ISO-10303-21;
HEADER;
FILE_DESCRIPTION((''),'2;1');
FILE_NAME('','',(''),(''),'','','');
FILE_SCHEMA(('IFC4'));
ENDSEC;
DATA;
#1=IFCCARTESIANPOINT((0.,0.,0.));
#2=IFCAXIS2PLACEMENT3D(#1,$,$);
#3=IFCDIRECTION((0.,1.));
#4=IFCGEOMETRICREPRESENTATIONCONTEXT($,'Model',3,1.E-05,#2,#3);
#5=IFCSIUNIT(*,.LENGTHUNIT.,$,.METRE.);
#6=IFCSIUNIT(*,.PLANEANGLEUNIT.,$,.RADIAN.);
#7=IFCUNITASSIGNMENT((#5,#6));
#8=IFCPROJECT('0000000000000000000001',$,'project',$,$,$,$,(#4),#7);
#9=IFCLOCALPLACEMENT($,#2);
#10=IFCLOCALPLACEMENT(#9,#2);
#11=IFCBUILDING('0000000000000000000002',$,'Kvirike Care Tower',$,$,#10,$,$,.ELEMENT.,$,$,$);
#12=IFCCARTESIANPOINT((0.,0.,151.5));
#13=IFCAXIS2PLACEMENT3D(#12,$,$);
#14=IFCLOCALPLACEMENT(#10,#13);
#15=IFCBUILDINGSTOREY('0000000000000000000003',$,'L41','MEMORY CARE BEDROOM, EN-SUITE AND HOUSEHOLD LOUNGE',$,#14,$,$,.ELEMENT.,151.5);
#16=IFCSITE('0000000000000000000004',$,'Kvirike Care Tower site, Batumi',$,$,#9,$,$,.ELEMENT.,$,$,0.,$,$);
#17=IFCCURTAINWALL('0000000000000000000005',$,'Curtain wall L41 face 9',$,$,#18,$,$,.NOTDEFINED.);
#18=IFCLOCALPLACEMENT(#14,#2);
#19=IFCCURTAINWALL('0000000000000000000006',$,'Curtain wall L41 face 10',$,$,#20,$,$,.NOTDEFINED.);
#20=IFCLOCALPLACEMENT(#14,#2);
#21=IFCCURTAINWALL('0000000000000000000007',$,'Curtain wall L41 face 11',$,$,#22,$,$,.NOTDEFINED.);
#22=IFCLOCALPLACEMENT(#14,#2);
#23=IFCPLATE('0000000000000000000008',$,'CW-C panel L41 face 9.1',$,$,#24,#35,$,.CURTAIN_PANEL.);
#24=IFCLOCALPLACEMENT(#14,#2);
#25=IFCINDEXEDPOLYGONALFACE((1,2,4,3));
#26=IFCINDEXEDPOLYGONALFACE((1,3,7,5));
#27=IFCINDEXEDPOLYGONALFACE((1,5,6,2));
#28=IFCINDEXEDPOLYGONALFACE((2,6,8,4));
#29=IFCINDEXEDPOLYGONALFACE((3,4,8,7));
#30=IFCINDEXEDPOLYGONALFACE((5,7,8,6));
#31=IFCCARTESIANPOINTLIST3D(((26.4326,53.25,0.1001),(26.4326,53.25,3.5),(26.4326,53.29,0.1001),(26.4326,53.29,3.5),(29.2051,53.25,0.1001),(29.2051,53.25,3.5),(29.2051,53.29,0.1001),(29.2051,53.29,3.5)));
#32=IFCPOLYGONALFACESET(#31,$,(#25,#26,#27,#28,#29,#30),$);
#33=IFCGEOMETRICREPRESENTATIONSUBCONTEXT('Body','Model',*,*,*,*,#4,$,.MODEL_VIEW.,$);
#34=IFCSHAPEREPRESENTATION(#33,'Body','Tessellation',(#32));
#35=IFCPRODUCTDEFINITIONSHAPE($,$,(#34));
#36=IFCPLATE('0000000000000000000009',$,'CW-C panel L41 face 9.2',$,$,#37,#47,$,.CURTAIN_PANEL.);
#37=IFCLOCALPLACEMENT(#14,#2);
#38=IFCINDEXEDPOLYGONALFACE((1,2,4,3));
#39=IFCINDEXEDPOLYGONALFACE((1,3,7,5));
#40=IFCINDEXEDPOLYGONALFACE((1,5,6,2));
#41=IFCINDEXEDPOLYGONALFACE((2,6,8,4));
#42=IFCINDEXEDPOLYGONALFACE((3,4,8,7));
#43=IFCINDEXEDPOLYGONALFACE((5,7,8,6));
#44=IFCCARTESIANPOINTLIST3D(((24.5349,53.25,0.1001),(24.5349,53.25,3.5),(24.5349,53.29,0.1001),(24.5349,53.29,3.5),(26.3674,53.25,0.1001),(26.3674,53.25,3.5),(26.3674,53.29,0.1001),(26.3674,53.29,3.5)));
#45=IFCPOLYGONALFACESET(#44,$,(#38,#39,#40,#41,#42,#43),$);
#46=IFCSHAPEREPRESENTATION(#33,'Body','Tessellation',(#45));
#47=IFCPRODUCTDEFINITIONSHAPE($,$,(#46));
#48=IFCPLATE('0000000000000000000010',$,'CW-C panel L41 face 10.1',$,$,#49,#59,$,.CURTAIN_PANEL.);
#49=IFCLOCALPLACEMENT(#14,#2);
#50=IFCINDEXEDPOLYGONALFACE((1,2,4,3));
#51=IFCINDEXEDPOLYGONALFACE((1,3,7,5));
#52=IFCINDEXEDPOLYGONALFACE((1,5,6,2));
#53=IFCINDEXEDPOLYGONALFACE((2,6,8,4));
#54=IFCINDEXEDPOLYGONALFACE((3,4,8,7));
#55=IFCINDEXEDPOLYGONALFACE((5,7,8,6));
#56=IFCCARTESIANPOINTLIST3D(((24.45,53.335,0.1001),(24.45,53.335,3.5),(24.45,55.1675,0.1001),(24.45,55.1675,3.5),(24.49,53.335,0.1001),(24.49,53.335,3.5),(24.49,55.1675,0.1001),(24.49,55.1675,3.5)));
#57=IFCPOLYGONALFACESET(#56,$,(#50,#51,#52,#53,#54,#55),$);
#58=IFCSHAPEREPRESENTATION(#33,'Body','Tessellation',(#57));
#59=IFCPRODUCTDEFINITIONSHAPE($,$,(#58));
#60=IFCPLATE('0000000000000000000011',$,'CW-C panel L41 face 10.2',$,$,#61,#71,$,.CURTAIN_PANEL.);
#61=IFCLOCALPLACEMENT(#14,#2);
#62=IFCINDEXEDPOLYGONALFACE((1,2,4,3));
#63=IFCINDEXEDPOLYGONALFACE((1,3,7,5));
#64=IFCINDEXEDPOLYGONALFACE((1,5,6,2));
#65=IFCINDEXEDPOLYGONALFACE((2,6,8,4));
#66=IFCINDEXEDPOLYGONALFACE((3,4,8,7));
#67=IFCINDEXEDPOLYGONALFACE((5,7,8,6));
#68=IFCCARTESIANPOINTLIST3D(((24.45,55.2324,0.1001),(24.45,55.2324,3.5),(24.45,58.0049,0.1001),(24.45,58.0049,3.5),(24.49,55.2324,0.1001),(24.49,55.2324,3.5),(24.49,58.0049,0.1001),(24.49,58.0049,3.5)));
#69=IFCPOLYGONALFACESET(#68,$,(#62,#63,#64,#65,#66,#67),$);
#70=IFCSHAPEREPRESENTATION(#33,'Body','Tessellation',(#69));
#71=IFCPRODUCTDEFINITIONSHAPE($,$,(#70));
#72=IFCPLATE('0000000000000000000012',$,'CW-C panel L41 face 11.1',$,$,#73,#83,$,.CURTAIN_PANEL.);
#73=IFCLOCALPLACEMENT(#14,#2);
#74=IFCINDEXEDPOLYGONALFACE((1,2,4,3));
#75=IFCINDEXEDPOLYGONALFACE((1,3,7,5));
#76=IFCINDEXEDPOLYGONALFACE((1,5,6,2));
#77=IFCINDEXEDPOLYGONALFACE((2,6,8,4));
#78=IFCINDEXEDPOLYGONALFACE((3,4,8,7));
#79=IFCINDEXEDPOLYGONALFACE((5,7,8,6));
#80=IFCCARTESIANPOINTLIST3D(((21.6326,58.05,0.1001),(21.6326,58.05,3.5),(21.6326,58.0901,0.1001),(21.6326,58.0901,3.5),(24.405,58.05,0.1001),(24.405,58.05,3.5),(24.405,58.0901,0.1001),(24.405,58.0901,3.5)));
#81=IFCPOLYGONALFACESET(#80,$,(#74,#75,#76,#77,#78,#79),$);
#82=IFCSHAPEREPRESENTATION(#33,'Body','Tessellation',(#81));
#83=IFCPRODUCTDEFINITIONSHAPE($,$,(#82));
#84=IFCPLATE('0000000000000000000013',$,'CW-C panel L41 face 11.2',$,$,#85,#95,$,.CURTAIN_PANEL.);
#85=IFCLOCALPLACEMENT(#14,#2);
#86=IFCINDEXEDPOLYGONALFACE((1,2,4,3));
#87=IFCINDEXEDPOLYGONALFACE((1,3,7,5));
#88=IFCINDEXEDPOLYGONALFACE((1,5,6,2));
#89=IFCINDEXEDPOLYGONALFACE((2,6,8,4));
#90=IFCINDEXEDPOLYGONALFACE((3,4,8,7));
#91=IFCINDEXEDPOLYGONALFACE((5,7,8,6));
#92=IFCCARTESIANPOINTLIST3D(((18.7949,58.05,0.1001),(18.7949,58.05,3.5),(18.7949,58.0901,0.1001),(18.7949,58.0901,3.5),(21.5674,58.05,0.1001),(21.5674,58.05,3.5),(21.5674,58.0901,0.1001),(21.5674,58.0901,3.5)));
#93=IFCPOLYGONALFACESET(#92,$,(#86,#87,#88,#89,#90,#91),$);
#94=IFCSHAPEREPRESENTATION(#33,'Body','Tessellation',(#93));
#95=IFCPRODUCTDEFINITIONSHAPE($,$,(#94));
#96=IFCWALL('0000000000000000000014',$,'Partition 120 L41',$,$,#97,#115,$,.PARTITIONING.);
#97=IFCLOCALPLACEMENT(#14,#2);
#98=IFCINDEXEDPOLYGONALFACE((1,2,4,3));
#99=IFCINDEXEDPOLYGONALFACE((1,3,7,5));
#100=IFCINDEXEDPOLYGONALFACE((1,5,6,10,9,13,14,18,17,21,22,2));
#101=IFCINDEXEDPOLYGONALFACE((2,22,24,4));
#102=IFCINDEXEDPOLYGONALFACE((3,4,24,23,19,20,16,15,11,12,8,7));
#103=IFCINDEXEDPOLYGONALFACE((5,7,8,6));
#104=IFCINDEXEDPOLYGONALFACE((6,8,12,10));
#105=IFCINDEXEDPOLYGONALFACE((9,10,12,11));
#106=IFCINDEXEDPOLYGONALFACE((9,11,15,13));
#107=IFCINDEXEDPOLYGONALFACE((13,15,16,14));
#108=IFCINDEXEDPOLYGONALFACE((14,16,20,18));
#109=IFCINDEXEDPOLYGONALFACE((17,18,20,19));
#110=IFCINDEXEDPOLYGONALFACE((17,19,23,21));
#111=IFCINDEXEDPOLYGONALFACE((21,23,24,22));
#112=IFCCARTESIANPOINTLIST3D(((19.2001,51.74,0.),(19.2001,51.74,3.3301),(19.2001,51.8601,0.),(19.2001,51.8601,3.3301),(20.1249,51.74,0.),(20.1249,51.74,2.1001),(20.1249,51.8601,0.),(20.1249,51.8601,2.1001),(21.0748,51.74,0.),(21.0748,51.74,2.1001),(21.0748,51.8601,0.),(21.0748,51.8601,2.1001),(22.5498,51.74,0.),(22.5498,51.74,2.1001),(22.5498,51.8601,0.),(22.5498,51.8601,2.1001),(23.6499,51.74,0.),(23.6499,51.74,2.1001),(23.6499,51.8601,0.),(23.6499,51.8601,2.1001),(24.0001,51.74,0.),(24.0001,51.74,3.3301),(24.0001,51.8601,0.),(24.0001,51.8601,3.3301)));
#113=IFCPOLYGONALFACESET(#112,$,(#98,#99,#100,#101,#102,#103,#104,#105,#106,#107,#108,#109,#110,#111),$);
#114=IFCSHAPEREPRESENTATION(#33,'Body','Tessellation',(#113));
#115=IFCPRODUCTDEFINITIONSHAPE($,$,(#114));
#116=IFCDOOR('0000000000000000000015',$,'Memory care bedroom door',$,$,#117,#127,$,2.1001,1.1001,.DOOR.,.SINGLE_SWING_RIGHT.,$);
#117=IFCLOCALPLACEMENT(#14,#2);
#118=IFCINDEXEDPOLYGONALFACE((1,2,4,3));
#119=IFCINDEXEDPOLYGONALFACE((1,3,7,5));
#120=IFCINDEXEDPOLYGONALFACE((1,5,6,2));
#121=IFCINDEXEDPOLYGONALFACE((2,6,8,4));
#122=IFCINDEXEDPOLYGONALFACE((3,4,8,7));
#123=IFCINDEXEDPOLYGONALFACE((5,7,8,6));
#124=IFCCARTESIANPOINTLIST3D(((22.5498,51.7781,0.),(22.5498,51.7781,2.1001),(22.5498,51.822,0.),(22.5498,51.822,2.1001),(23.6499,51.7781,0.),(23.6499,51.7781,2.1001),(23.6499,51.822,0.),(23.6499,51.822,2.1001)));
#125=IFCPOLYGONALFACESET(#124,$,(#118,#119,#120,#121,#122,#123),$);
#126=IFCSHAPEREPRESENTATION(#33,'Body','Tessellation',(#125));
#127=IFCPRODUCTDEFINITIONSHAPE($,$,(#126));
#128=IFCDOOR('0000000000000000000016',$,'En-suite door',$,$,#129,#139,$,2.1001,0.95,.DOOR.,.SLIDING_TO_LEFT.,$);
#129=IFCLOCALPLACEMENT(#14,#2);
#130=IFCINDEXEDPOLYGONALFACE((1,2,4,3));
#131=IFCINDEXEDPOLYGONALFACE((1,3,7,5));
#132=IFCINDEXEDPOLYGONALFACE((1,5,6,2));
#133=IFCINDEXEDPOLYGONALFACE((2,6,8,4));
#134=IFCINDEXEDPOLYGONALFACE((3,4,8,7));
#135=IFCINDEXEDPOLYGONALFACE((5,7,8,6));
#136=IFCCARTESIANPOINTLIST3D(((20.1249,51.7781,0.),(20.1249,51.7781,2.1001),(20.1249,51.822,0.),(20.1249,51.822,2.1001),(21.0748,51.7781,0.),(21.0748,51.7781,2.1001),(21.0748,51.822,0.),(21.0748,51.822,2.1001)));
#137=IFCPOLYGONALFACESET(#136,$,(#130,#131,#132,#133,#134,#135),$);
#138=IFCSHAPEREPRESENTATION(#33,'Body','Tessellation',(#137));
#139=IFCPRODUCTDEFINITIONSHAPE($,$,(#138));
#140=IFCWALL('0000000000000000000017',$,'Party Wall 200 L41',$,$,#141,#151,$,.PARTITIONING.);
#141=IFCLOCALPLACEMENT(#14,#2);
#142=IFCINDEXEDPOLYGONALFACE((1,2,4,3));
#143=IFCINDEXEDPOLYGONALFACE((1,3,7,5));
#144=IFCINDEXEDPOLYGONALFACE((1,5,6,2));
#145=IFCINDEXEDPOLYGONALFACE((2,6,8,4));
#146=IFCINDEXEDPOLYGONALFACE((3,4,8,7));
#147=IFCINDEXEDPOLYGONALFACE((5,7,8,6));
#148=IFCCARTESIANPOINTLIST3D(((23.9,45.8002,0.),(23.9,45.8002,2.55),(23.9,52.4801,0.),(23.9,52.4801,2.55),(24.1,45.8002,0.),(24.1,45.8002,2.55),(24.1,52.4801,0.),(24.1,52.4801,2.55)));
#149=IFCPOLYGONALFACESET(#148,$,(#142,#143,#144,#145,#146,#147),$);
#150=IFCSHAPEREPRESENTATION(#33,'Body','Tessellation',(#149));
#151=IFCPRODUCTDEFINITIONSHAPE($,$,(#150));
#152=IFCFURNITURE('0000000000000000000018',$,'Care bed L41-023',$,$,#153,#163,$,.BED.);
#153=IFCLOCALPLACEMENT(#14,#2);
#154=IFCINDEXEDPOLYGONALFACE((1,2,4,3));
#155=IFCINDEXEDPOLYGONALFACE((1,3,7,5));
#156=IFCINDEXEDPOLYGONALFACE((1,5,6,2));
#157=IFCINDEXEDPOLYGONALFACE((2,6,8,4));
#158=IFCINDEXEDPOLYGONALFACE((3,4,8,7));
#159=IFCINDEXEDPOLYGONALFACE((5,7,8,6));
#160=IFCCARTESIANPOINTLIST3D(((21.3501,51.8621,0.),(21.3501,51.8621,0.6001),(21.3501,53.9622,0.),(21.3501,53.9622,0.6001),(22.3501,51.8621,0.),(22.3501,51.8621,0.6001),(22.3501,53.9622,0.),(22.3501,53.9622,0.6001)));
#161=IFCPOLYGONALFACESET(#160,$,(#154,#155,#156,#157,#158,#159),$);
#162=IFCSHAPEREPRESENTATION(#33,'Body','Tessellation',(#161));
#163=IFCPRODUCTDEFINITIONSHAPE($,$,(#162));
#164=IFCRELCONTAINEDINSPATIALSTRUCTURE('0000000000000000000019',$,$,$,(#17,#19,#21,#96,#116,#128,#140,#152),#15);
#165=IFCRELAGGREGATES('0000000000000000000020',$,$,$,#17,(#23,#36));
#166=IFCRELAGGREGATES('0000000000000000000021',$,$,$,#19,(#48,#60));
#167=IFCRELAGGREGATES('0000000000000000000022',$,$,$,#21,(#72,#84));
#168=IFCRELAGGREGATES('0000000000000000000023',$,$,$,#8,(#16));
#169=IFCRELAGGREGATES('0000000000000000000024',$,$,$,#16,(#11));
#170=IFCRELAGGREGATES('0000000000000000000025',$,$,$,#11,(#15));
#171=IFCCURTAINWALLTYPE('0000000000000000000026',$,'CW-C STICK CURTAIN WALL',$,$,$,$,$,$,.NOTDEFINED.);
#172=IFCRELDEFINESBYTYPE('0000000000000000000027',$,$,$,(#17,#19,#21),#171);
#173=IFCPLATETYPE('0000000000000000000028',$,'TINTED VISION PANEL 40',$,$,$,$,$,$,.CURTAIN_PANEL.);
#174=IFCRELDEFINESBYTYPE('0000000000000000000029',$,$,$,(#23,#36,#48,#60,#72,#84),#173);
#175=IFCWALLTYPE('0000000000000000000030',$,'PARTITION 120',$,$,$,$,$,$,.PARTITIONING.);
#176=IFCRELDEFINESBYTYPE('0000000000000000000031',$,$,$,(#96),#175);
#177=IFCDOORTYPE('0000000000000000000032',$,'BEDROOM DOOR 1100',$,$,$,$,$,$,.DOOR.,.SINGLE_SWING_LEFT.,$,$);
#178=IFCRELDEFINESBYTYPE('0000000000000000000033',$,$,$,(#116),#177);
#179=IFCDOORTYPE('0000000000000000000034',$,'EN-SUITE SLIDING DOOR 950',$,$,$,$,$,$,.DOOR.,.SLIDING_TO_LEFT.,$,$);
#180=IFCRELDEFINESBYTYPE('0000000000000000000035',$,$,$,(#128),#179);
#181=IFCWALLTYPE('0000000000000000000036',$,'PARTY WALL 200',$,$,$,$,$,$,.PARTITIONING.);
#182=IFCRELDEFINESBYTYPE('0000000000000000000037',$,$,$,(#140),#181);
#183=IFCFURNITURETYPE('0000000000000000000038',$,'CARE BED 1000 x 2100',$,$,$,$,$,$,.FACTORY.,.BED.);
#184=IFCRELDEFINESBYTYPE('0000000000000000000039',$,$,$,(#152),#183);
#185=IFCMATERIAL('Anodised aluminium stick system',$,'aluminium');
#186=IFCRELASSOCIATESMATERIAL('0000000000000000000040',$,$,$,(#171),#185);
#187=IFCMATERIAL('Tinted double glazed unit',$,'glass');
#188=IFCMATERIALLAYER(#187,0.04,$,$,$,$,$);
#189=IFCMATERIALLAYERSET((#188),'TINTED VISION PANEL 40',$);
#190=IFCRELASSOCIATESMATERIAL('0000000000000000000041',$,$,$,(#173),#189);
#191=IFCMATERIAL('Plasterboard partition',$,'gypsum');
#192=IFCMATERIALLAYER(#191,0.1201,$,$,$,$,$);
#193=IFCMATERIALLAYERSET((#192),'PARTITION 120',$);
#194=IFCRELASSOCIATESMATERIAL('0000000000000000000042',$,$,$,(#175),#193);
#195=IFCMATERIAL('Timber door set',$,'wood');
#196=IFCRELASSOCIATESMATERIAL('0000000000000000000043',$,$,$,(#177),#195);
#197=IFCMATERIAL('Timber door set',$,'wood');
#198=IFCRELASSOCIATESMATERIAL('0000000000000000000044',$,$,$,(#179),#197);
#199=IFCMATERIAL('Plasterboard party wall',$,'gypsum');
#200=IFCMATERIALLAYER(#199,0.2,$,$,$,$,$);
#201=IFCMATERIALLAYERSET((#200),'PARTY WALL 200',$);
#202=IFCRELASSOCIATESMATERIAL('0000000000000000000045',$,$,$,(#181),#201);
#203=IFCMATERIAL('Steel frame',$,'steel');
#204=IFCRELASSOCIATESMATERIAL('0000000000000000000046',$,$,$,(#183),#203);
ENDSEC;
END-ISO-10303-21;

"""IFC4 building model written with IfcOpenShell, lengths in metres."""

from ifc_helpers import new_model, si_unit, direction, frame, frame_2d, origin, origin_2d, place, context, subcontext, project, spatial, rectangle, extrude, material, layer, layer_set, type_object, element, fill, aggregate, save


model = new_model("IFC4")

# Units and contexts
model_context = context("Model", 3, precision=1e-05, world=origin(), true_north=direction((0.0, 1.0)))
body_context = subcontext(model_context, "Body", "Model", "MODEL_VIEW")
ifc_project = project(units=[si_unit("LENGTHUNIT", "METRE"), si_unit("PLANEANGLEUNIT", "RADIAN")], contexts=[model_context])

# Site, building, storey
site_placement = place(None, origin())
site = spatial("IfcSite", under=ifc_project, at=site_placement, Name="Kvirike Care Tower site, Batumi", CompositionType="ELEMENT", RefElevation=0.0)
building_placement = place(site_placement, origin())
building = spatial("IfcBuilding", under=site, at=building_placement, Name="Kvirike Care Tower", CompositionType="ELEMENT")
storey_placement = place(building_placement, frame((0.0, 0.0, 151.5)))
storey = spatial("IfcBuildingStorey", under=building, at=storey_placement, Name="L41", Description="MEMORY CARE BEDROOM, EN-SUITE AND HOUSEHOLD LOUNGE", CompositionType="ELEMENT", Elevation=151.5)

# Curtain walls
ifc_material_1 = material(Name="Anodised aluminium stick system", Category="aluminium")
curtain_wall_type = type_object("IfcCurtainWallType", Name="CW-C STICK CURTAIN WALL", PredefinedType="NOTDEFINED", material=ifc_material_1)
curtain_wall_1_placement = place(storey_placement, origin())
curtain_wall_1 = element("IfcCurtainWall", 1, at=curtain_wall_1_placement, inside=storey, type_object=curtain_wall_type, Name="Curtain wall L41 face 9", PredefinedType="NOTDEFINED")
curtain_wall_2_placement = place(storey_placement, origin())
curtain_wall_2 = element("IfcCurtainWall", 2, at=curtain_wall_2_placement, inside=storey, type_object=curtain_wall_type, Name="Curtain wall L41 face 10", PredefinedType="NOTDEFINED")
curtain_wall_3_placement = place(storey_placement, origin())
curtain_wall_3 = element("IfcCurtainWall", 3, at=curtain_wall_3_placement, inside=storey, type_object=curtain_wall_type, Name="Curtain wall L41 face 11", PredefinedType="NOTDEFINED")

# Plates
ifc_material_2 = material(Name="Tinted double glazed unit", Category="glass")
ifc_layer_1 = layer(ifc_material_2, 0.04)
ifc_layer_set_1 = layer_set([ifc_layer_1], Name="TINTED VISION PANEL 40")
plate_type = type_object("IfcPlateType", Name="TINTED VISION PANEL 40", PredefinedType="CURTAIN_PANEL", material=ifc_layer_set_1)
plate_1_placement = place(storey_placement, frame((27.8188, 53.27, 0.1001), z_axis=(0.0, 0.0, 1.0), x_axis=(-1.0, 0.0, 0.0)))
plate_1 = element("IfcPlate", 4, at=plate_1_placement, type_object=plate_type, Name="CW-C panel L41 face 9.1", PredefinedType="CURTAIN_PANEL", context=body_context, shape_type="SweptSolid", body=[
    extrude(rectangle(XDim=2.7725, YDim=0.04, at=origin_2d()), origin(), (0.0, 0.0, 1.0), 3.3999),
])
plate_2_placement = place(storey_placement, frame((25.4512, 53.27, 0.1001), z_axis=(0.0, 0.0, 1.0), x_axis=(-1.0, 0.0, 0.0)))
plate_2 = element("IfcPlate", 5, at=plate_2_placement, type_object=plate_type, Name="CW-C panel L41 face 9.2", PredefinedType="CURTAIN_PANEL", context=body_context, shape_type="SweptSolid", body=[
    extrude(rectangle(XDim=1.8325, YDim=0.04, at=origin_2d()), origin(), (0.0, 0.0, 1.0), 3.3999),
])
aggregate(curtain_wall_1, [plate_1, plate_2])
plate_3_placement = place(storey_placement, frame((24.47, 54.2512, 0.1001), z_axis=(0.0, 0.0, 1.0), x_axis=(0.0, 1.0, 0.0)))
plate_3 = element("IfcPlate", 6, at=plate_3_placement, type_object=plate_type, Name="CW-C panel L41 face 10.1", PredefinedType="CURTAIN_PANEL", context=body_context, shape_type="SweptSolid", body=[
    extrude(rectangle(XDim=1.8325, YDim=0.04, at=origin_2d()), origin(), (0.0, 0.0, 1.0), 3.3999),
])
plate_4_placement = place(storey_placement, frame((24.47, 56.6187, 0.1001), z_axis=(0.0, 0.0, 1.0), x_axis=(0.0, 1.0, 0.0)))
plate_4 = element("IfcPlate", 7, at=plate_4_placement, type_object=plate_type, Name="CW-C panel L41 face 10.2", PredefinedType="CURTAIN_PANEL", context=body_context, shape_type="SweptSolid", body=[
    extrude(rectangle(XDim=2.7725, YDim=0.04, at=origin_2d()), origin(), (0.0, 0.0, 1.0), 3.3999),
])
aggregate(curtain_wall_2, [plate_3, plate_4])
plate_5_placement = place(storey_placement, frame((23.0188, 58.0701, 0.1001), z_axis=(0.0, 0.0, 1.0), x_axis=(-1.0, 0.0, 0.0)))
plate_5 = element("IfcPlate", 8, at=plate_5_placement, type_object=plate_type, Name="CW-C panel L41 face 11.1", PredefinedType="CURTAIN_PANEL", context=body_context, shape_type="SweptSolid", body=[
    extrude(rectangle(XDim=2.7725, YDim=0.04, at=origin_2d()), origin(), (0.0, 0.0, 1.0), 3.3999),
])
plate_6_placement = place(storey_placement, frame((20.1812, 58.0701, 0.1001), z_axis=(0.0, 0.0, 1.0), x_axis=(-1.0, 0.0, 0.0)))
plate_6 = element("IfcPlate", 9, at=plate_6_placement, type_object=plate_type, Name="CW-C panel L41 face 11.2", PredefinedType="CURTAIN_PANEL", context=body_context, shape_type="SweptSolid", body=[
    extrude(rectangle(XDim=2.7725, YDim=0.04, at=origin_2d()), origin(), (0.0, 0.0, 1.0), 3.3999),
])
aggregate(curtain_wall_3, [plate_5, plate_6])

# Wall, openings, doors
ifc_material_3 = material(Name="Plasterboard partition", Category="gypsum")
ifc_layer_2 = layer(ifc_material_3, 0.1201)
ifc_layer_set_2 = layer_set([ifc_layer_2], Name="PARTITION 120")
wall_type_1 = type_object("IfcWallType", Name="PARTITION 120", PredefinedType="PARTITIONING", material=ifc_layer_set_2)
wall_1_placement = place(storey_placement, frame((24.0, 51.8, 0.0), z_axis=(0.0, 0.0, 1.0), x_axis=(-1.0, 0.0, 0.0)))
wall_1 = element("IfcWall", 10, at=wall_1_placement, inside=storey, type_object=wall_type_1, Name="Partition 120 L41", PredefinedType="PARTITIONING", context=body_context, shape_type="SweptSolid", body=[
    extrude(rectangle(XDim=4.8, YDim=0.1201, at=frame_2d((2.3999, 0.0))), origin(), (0.0, 0.0, 1.0), 3.3301),
])
opening_1_placement = place(wall_1_placement, frame((0.3501, 0.0, 0.0)))
opening_1 = element("IfcOpeningElement", 11, at=opening_1_placement, cuts=wall_1, PredefinedType="OPENING", context=body_context, shape_type="SweptSolid", body=[
    extrude(rectangle(XDim=1.1001, YDim=2.1001, at=frame_2d((0.55, 1.05))), frame((0.0, 0.0706, 0.0), z_axis=(0.0, -1.0, 0.0), x_axis=(1.0, 0.0, 0.0)), (0.0, 0.0, 1.0), 0.1411),
])
opening_2_placement = place(wall_1_placement, frame((2.925, 0.0, 0.0)))
opening_2 = element("IfcOpeningElement", 12, at=opening_2_placement, cuts=wall_1, PredefinedType="OPENING", context=body_context, shape_type="SweptSolid", body=[
    extrude(rectangle(XDim=0.95, YDim=2.1001, at=frame_2d((0.4751, 1.05))), frame((0.0, 0.0706, 0.0), z_axis=(0.0, -1.0, 0.0), x_axis=(1.0, 0.0, 0.0)), (0.0, 0.0, 1.0), 0.1411),
])
ifc_material_4 = material(Name="Timber door set", Category="wood")
door_type_1 = type_object("IfcDoorType", Name="BEDROOM DOOR 1100", OperationType="SINGLE_SWING_LEFT", PredefinedType="DOOR", material=ifc_material_4)
door_1_placement = place(opening_1_placement, origin())
door_1 = element("IfcDoor", 13, at=door_1_placement, inside=storey, type_object=door_type_1, Name="Memory care bedroom door", OperationType="SINGLE_SWING_RIGHT", OverallHeight=2.1001, OverallWidth=1.1001, PredefinedType="DOOR", context=body_context, shape_type="SweptSolid", body=[
    extrude(rectangle(XDim=1.1001, YDim=2.1001, at=frame_2d((0.55, 1.05))), frame((0.0, 0.022, 0.0), z_axis=(0.0, -1.0, 0.0), x_axis=(1.0, 0.0, 0.0)), (0.0, 0.0, 1.0), 0.0439),
])
fill(opening_1, door_1)
ifc_material_5 = material(Name="Timber door set", Category="wood")
door_type_2 = type_object("IfcDoorType", Name="EN-SUITE SLIDING DOOR 950", OperationType="SLIDING_TO_LEFT", PredefinedType="DOOR", material=ifc_material_5)
door_2_placement = place(opening_2_placement, origin())
door_2 = element("IfcDoor", 14, at=door_2_placement, inside=storey, type_object=door_type_2, Name="En-suite door", OperationType="SLIDING_TO_LEFT", OverallHeight=2.1001, OverallWidth=0.95, PredefinedType="DOOR", context=body_context, shape_type="SweptSolid", body=[
    extrude(rectangle(XDim=0.95, YDim=2.1001, at=frame_2d((0.4751, 1.05))), frame((0.0, 0.022, 0.0), z_axis=(0.0, -1.0, 0.0), x_axis=(1.0, 0.0, 0.0)), (0.0, 0.0, 1.0), 0.0439),
])
fill(opening_2, door_2)

# Wall
ifc_material_6 = material(Name="Plasterboard party wall", Category="gypsum")
ifc_layer_3 = layer(ifc_material_6, 0.2)
ifc_layer_set_3 = layer_set([ifc_layer_3], Name="PARTY WALL 200")
wall_type_2 = type_object("IfcWallType", Name="PARTY WALL 200", PredefinedType="PARTITIONING", material=ifc_layer_set_3)
wall_2_placement = place(storey_placement, frame((24.0, 52.48, 0.0), z_axis=(0.0, 0.0, 1.0), x_axis=(0.0, -1.0, 0.0)))
element("IfcWall", 15, at=wall_2_placement, inside=storey, type_object=wall_type_2, Name="Party Wall 200 L41", PredefinedType="PARTITIONING", context=body_context, shape_type="SweptSolid", body=[
    extrude(rectangle(XDim=6.6799, YDim=0.2, at=frame_2d((3.3398, 0.0))), origin(), (0.0, 0.0, 1.0), 2.55),
])

# Furniture
ifc_material_7 = material(Name="Steel frame", Category="steel")
furniture_type = type_object("IfcFurnitureType", Name="CARE BED 1000 x 2100", AssemblyPlace="FACTORY", PredefinedType="BED", material=ifc_material_7)
furniture_placement = place(storey_placement, frame((21.8501, 52.9121, 0.0), z_axis=(0.0, 0.0, 1.0), x_axis=(-1.0, 0.0, 0.0)))
element("IfcFurniture", 16, at=furniture_placement, inside=storey, type_object=furniture_type, Name="Care bed L41-023", PredefinedType="BED", context=body_context, shape_type="SweptSolid", body=[
    extrude(rectangle(XDim=1.0, YDim=2.1001, at=origin_2d()), origin(), (0.0, 0.0, 1.0), 0.6001),
])

save(model, "model.ifc")
